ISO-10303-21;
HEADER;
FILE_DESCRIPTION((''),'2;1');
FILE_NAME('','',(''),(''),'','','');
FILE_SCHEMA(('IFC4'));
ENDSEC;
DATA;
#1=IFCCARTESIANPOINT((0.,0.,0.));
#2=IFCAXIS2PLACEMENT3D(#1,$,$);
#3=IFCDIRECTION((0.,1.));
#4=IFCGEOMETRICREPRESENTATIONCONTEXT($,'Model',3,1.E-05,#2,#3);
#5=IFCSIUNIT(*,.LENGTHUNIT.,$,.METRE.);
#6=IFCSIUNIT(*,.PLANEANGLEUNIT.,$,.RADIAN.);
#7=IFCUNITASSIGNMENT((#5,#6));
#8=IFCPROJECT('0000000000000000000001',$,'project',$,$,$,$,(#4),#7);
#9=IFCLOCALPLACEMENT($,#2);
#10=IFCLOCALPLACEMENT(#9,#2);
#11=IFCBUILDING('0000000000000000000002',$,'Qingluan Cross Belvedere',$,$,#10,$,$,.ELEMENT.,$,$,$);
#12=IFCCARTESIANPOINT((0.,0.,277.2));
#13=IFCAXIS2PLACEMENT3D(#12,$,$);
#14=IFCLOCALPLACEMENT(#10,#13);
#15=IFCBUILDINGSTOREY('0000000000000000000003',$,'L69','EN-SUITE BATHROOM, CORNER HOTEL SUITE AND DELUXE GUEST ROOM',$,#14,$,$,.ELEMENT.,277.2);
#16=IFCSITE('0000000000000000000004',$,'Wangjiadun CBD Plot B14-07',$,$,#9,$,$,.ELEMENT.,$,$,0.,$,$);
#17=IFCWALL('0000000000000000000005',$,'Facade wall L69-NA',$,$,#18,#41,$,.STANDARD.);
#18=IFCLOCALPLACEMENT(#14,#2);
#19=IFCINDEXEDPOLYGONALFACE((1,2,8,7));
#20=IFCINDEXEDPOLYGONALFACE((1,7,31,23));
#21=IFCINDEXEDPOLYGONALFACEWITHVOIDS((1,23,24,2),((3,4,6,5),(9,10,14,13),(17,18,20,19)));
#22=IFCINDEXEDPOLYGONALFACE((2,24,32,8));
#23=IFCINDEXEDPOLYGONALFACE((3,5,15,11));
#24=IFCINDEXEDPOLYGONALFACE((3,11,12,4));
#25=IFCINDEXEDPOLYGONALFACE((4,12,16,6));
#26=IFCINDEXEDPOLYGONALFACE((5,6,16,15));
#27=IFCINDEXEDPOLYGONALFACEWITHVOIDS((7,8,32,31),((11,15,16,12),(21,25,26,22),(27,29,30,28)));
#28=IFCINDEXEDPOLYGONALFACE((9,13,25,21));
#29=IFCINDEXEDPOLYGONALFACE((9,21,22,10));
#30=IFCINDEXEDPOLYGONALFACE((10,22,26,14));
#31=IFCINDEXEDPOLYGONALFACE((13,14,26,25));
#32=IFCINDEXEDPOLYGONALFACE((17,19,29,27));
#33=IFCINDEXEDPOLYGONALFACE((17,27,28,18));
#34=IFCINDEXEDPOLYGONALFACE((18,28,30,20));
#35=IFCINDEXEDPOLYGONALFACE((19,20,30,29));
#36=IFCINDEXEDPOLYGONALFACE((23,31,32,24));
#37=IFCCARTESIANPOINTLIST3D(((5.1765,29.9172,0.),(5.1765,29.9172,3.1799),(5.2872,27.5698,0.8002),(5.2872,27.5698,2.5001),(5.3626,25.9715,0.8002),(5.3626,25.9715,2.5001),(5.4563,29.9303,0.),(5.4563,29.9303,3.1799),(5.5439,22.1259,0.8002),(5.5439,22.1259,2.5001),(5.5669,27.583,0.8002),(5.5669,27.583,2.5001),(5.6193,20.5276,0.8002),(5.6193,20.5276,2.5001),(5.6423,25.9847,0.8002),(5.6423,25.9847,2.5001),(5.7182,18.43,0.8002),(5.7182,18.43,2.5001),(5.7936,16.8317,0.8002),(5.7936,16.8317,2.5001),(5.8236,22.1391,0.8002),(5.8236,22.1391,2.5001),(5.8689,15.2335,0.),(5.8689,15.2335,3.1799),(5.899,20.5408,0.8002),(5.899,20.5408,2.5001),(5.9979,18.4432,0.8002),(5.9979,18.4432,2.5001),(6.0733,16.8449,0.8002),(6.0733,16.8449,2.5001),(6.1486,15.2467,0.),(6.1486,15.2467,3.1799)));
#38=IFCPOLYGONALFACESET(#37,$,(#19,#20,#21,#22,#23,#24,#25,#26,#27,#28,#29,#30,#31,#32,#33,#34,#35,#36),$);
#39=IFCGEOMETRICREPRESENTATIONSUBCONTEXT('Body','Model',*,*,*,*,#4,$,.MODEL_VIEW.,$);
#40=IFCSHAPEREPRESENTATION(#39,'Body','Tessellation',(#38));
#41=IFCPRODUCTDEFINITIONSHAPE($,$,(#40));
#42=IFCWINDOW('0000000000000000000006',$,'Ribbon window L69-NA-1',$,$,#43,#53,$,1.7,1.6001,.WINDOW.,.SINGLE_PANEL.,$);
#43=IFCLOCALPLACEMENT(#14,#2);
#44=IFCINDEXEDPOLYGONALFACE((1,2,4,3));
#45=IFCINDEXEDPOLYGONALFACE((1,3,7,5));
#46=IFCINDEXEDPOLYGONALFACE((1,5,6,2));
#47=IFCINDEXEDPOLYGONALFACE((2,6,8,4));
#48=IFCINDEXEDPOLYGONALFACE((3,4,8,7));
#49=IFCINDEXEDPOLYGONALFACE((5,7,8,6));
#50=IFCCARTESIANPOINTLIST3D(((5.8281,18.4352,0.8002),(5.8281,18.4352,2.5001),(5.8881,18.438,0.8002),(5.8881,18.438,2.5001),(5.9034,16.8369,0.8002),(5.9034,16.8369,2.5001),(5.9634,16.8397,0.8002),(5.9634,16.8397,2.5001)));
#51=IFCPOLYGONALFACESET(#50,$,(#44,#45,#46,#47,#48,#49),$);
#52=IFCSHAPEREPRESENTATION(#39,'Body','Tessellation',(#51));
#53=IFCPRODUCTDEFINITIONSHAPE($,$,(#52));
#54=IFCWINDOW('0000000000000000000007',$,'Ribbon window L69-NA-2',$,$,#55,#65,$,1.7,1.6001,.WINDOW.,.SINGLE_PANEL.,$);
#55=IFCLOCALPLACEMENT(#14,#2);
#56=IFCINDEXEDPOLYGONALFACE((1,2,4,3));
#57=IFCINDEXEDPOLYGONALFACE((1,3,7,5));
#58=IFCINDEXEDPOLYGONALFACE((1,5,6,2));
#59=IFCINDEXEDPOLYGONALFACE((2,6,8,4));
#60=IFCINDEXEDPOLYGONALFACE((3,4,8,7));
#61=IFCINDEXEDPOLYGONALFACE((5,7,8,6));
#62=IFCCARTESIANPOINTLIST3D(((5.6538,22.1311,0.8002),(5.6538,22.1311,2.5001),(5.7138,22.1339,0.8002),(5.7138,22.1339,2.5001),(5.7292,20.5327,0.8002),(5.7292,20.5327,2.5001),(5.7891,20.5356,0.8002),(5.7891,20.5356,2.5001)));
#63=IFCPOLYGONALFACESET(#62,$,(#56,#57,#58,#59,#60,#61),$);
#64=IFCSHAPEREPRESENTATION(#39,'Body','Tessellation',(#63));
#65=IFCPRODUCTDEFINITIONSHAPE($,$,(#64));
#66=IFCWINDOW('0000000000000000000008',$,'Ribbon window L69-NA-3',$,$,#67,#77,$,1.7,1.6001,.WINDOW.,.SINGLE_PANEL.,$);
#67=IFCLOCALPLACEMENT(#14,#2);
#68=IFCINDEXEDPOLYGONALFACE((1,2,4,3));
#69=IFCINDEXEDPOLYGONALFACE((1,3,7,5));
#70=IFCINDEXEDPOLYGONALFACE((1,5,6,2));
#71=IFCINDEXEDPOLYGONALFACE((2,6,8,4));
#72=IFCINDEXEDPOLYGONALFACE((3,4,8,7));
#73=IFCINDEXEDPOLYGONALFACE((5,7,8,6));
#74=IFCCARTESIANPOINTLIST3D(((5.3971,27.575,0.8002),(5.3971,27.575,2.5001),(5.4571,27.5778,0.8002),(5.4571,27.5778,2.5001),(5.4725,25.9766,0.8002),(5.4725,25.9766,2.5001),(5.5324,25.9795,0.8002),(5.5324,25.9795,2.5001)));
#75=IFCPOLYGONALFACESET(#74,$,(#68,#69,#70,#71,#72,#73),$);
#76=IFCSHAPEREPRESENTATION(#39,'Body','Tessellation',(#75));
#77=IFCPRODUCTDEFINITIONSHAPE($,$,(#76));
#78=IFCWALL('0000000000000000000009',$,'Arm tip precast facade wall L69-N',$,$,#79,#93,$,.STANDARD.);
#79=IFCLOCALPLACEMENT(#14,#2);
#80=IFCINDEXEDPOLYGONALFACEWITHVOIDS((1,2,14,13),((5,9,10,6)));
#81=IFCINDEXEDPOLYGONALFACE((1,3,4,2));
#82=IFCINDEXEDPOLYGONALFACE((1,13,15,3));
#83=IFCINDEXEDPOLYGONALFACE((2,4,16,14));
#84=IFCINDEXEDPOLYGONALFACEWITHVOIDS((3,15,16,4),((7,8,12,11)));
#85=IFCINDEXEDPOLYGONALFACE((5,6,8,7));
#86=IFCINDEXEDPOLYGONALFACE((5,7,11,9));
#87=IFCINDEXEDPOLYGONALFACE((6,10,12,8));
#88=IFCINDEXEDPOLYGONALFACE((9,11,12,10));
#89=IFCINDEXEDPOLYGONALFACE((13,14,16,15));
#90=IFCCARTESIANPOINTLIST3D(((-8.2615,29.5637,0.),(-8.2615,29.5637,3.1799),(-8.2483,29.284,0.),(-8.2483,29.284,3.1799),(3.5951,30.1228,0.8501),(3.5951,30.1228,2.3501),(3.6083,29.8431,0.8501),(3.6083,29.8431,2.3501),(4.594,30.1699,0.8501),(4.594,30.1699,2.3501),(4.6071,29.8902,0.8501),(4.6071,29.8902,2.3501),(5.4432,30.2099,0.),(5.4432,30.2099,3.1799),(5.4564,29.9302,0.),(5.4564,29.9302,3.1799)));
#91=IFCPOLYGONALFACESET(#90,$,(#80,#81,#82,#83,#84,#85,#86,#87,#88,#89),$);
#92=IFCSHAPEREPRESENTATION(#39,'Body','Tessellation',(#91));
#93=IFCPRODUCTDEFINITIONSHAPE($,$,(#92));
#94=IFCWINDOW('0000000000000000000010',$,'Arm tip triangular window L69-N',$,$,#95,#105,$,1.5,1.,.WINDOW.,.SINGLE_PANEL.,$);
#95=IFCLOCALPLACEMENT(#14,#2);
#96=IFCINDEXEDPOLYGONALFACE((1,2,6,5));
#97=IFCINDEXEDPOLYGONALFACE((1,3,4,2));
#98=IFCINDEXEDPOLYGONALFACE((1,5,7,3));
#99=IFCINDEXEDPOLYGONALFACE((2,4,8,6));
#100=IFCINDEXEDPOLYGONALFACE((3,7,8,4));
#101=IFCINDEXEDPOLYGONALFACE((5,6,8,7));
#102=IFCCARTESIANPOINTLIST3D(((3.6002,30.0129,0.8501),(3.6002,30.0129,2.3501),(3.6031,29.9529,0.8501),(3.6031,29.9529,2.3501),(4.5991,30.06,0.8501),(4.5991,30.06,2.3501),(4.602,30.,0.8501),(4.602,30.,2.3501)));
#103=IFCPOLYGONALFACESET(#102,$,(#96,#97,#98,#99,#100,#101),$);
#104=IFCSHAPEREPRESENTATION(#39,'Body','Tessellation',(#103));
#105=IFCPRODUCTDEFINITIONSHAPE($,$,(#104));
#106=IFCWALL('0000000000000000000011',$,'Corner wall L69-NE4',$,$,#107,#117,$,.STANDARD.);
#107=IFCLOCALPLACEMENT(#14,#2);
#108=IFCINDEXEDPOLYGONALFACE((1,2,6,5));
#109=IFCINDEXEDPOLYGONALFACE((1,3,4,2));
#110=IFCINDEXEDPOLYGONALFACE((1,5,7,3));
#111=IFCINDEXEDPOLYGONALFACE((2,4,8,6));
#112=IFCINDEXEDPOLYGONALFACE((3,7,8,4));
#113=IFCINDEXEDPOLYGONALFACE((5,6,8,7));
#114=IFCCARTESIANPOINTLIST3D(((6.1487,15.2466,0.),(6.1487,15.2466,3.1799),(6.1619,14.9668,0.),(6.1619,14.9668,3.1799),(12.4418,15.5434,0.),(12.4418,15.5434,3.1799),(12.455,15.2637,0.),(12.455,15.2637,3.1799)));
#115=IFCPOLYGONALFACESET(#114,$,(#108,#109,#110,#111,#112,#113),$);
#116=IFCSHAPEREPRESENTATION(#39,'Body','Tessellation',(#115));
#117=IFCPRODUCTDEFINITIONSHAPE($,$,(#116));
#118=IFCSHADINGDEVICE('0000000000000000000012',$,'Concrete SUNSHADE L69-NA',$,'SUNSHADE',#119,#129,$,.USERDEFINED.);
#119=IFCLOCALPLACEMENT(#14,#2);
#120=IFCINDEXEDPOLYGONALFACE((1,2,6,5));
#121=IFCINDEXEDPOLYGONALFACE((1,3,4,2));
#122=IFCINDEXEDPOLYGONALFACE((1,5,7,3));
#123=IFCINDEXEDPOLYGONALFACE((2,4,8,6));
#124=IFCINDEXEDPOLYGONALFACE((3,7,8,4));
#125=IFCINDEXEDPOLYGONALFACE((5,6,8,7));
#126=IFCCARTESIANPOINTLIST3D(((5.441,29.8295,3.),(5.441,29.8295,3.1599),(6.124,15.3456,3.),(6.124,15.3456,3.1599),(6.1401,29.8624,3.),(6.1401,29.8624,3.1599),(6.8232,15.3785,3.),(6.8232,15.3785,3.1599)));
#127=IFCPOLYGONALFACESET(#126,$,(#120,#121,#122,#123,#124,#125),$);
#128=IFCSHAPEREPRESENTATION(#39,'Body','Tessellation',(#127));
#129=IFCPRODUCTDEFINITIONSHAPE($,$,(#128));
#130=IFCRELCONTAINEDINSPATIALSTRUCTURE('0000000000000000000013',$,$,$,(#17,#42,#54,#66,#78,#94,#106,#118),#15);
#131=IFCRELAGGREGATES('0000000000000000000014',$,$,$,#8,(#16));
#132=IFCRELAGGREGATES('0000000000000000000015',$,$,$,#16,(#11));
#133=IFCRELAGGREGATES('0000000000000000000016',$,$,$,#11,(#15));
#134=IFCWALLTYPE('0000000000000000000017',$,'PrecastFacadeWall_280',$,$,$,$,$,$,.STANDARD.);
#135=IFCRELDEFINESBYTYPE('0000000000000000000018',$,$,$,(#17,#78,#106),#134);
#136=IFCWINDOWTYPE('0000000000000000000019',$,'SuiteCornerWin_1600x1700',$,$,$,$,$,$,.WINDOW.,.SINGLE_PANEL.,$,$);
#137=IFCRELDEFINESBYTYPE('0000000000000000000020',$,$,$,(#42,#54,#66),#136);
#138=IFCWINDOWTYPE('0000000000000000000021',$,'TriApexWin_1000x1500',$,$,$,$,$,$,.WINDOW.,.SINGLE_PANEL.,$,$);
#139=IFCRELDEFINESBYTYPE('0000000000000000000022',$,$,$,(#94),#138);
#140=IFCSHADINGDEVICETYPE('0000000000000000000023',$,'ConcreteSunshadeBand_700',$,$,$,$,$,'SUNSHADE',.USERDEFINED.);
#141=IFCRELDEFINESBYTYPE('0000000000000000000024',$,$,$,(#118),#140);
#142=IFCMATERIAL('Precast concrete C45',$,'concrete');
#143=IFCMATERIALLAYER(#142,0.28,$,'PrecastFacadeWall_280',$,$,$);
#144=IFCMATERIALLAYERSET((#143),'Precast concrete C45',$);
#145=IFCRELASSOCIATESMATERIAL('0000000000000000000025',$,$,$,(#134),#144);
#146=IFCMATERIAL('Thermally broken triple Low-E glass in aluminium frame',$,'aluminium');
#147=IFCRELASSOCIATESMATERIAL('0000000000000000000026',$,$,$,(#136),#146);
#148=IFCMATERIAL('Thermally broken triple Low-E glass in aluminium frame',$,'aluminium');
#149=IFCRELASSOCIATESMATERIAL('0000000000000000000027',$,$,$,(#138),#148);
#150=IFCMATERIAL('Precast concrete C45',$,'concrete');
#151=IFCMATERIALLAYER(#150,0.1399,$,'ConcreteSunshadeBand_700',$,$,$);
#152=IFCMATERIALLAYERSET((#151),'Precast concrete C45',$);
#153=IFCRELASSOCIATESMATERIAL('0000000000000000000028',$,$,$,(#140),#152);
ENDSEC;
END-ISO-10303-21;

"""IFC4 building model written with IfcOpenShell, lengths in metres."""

from ifc_helpers import new_model, si_unit, direction, frame, frame_2d, origin, origin_2d, place, context, subcontext, project, spatial, rectangle, extrude, material, layer, layer_set, type_object, element, fill, save


model = new_model("IFC4")

# Units and contexts
model_context = context("Model", 3, precision=1e-05, world=origin(), true_north=direction((0.0, 1.0)))
body_context = subcontext(model_context, "Body", "Model", "MODEL_VIEW")
ifc_project = project(units=[si_unit("LENGTHUNIT", "METRE"), si_unit("PLANEANGLEUNIT", "RADIAN")], contexts=[model_context])

# Site, building, storey
site_placement = place(None, origin())
site = spatial("IfcSite", under=ifc_project, at=site_placement, Name="Wangjiadun CBD Plot B14-07", CompositionType="ELEMENT", RefElevation=0.0)
building_placement = place(site_placement, origin())
building = spatial("IfcBuilding", under=site, at=building_placement, Name="Qingluan Cross Belvedere", CompositionType="ELEMENT")
storey_placement = place(building_placement, frame((0.0, 0.0, 277.2)))
storey = spatial("IfcBuildingStorey", under=building, at=storey_placement, Name="L69", Description="EN-SUITE BATHROOM, CORNER HOTEL SUITE AND DELUXE GUEST ROOM", CompositionType="ELEMENT", Elevation=277.2)

# Wall, openings, windows
ifc_material_1 = material(Name="Precast concrete C45", Category="concrete")
ifc_layer_1 = layer(ifc_material_1, 0.28, Name="PrecastFacadeWall_280")
ifc_layer_set_1 = layer_set([ifc_layer_1], Name="Precast concrete C45")
wall_type_1 = type_object("IfcWallType", Name="PrecastFacadeWall_280", PredefinedType="STANDARD", material=ifc_layer_set_1)
wall_1_placement = place(storey_placement, frame((6.0088, 15.24, 0.0), z_axis=(0.0, 0.0, 1.0), x_axis=(-0.047101, 0.99889, 0.0)))
wall_1 = element("IfcWall", 1, at=wall_1_placement, inside=storey, type_object=wall_type_1, Name="Facade wall L69-NA", PredefinedType="STANDARD", context=body_context, shape_type="SweptSolid", body=[
    extrude(rectangle(XDim=14.7, YDim=0.28, at=frame_2d((7.3501, 0.0))), origin(), (0.0, 0.0, 1.0), 3.1799),
])
opening_1_placement = place(wall_1_placement, frame((1.6001, 0.0, 0.8)))
opening_1 = element("IfcOpeningElement", 2, at=opening_1_placement, cuts=wall_1, PredefinedType="OPENING", context=body_context, shape_type="SweptSolid", body=[
    extrude(rectangle(XDim=1.6001, YDim=1.7, at=frame_2d((0.8, 0.8501))), frame((0.0, 0.1499, 0.0), z_axis=(0.0, -1.0, 0.0), x_axis=(1.0, 0.0, 0.0)), (0.0, 0.0, 1.0), 0.3),
])
opening_2_placement = place(wall_1_placement, frame((5.3, 0.0, 0.8)))
opening_2 = element("IfcOpeningElement", 3, at=opening_2_placement, cuts=wall_1, PredefinedType="OPENING", context=body_context, shape_type="SweptSolid", body=[
    extrude(rectangle(XDim=1.6001, YDim=1.7, at=frame_2d((0.8, 0.8501))), frame((0.0, 0.1499, 0.0), z_axis=(0.0, -1.0, 0.0), x_axis=(1.0, 0.0, 0.0)), (0.0, 0.0, 1.0), 0.3),
])
opening_3_placement = place(wall_1_placement, frame((10.75, 0.0, 0.8)))
opening_3 = element("IfcOpeningElement", 4, at=opening_3_placement, cuts=wall_1, PredefinedType="OPENING", context=body_context, shape_type="SweptSolid", body=[
    extrude(rectangle(XDim=1.6001, YDim=1.7, at=frame_2d((0.8, 0.8501))), frame((0.0, 0.1499, 0.0), z_axis=(0.0, -1.0, 0.0), x_axis=(1.0, 0.0, 0.0)), (0.0, 0.0, 1.0), 0.3),
])
ifc_material_2 = material(Name="Thermally broken triple Low-E glass in aluminium frame", Category="aluminium")
window_type_1 = type_object("IfcWindowType", Name="SuiteCornerWin_1600x1700", PartitioningType="SINGLE_PANEL", PredefinedType="WINDOW", material=ifc_material_2)
window_1_placement = place(opening_1_placement, origin())
window_1 = element("IfcWindow", 5, at=window_1_placement, inside=storey, type_object=window_type_1, Name="Ribbon window L69-NA-1", OverallHeight=1.7, OverallWidth=1.6001, PartitioningType="SINGLE_PANEL", PredefinedType="WINDOW", context=body_context, shape_type="SweptSolid", body=[
    extrude(rectangle(XDim=1.6001, YDim=1.7, at=frame_2d((0.8, 0.8501))), frame((0.0, 0.03, 0.0), z_axis=(0.0, -1.0, 0.0), x_axis=(1.0, 0.0, 0.0)), (0.0, 0.0, 1.0), 0.0601),
])
fill(opening_1, window_1)
window_2_placement = place(opening_2_placement, origin())
window_2 = element("IfcWindow", 6, at=window_2_placement, inside=storey, type_object=window_type_1, Name="Ribbon window L69-NA-2", OverallHeight=1.7, OverallWidth=1.6001, PartitioningType="SINGLE_PANEL", PredefinedType="WINDOW", context=body_context, shape_type="SweptSolid", body=[
    extrude(rectangle(XDim=1.6001, YDim=1.7, at=frame_2d((0.8, 0.8501))), frame((0.0, 0.03, 0.0), z_axis=(0.0, -1.0, 0.0), x_axis=(1.0, 0.0, 0.0)), (0.0, 0.0, 1.0), 0.0601),
])
fill(opening_2, window_2)
window_3_placement = place(opening_3_placement, origin())
window_3 = element("IfcWindow", 7, at=window_3_placement, inside=storey, type_object=window_type_1, Name="Ribbon window L69-NA-3", OverallHeight=1.7, OverallWidth=1.6001, PartitioningType="SINGLE_PANEL", PredefinedType="WINDOW", context=body_context, shape_type="SweptSolid", body=[
    extrude(rectangle(XDim=1.6001, YDim=1.7, at=frame_2d((0.8, 0.8501))), frame((0.0, 0.03, 0.0), z_axis=(0.0, -1.0, 0.0), x_axis=(1.0, 0.0, 0.0)), (0.0, 0.0, 1.0), 0.0601),
])
fill(opening_3, window_3)

# Wall, opening, window
wall_2_placement = place(storey_placement, frame((5.4497, 30.0701, 0.0), z_axis=(0.0, 0.0, 1.0), x_axis=(-0.99889, -0.047102, 0.0)))
wall_2 = element("IfcWall", 8, at=wall_2_placement, inside=storey, type_object=wall_type_1, Name="Arm tip precast facade wall L69-N", PredefinedType="STANDARD", context=body_context, shape_type="SweptSolid", body=[
    extrude(rectangle(XDim=13.72, YDim=0.28, at=frame_2d((6.8599, 0.0))), origin(), (0.0, 0.0, 1.0), 3.1799),
])
opening_4_placement = place(wall_2_placement, frame((0.8501, 0.0, 0.8501)))
opening_4 = element("IfcOpeningElement", 9, at=opening_4_placement, cuts=wall_2, PredefinedType="OPENING", context=body_context, shape_type="SweptSolid", body=[
    extrude(rectangle(XDim=1.0, YDim=1.5, at=frame_2d((0.5, 0.75))), frame((0.0, 0.1499, 0.0), z_axis=(0.0, -1.0, 0.0), x_axis=(1.0, 0.0, 0.0)), (0.0, 0.0, 1.0), 0.3),
])
ifc_material_3 = material(Name="Thermally broken triple Low-E glass in aluminium frame", Category="aluminium")
window_type_2 = type_object("IfcWindowType", Name="TriApexWin_1000x1500", PartitioningType="SINGLE_PANEL", PredefinedType="WINDOW", material=ifc_material_3)
window_4_placement = place(opening_4_placement, origin())
window_4 = element("IfcWindow", 10, at=window_4_placement, inside=storey, type_object=window_type_2, Name="Arm tip triangular window L69-N", OverallHeight=1.5, OverallWidth=1.0, PartitioningType="SINGLE_PANEL", PredefinedType="WINDOW", context=body_context, shape_type="SweptSolid", body=[
    extrude(rectangle(XDim=1.0, YDim=1.5, at=frame_2d((0.5, 0.75))), frame((0.0, 0.03, 0.0), z_axis=(0.0, -1.0, 0.0), x_axis=(1.0, 0.0, 0.0)), (0.0, 0.0, 1.0), 0.0601),
])
fill(opening_4, window_4)

# Wall
wall_3_placement = place(storey_placement, frame((12.4482, 15.4036, 0.0), z_axis=(0.0, 0.0, 1.0), x_axis=(-0.998889, -0.047123, 0.0)))
element("IfcWall", 11, at=wall_3_placement, inside=storey, type_object=wall_type_1, Name="Corner wall L69-NE4", PredefinedType="STANDARD", context=body_context, shape_type="SweptSolid", body=[
    extrude(rectangle(XDim=6.3, YDim=0.28, at=frame_2d((3.1499, 0.0))), origin(), (0.0, 0.0, 1.0), 3.1799),
])

# Shading device
ifc_material_4 = material(Name="Precast concrete C45", Category="concrete")
ifc_layer_2 = layer(ifc_material_4, 0.1399, Name="ConcreteSunshadeBand_700")
ifc_layer_set_2 = layer_set([ifc_layer_2], Name="Precast concrete C45")
shading_device_type = type_object("IfcShadingDeviceType", Name="ConcreteSunshadeBand_700", ElementType="SUNSHADE", PredefinedType="USERDEFINED", material=ifc_layer_set_2)
shading_device_placement = place(storey_placement, frame((6.1321, 22.604, 3.0), z_axis=(0.0, 0.0, 1.0), x_axis=(-0.047109, 0.99889, 0.0)))
element("IfcShadingDevice", 12, at=shading_device_placement, inside=storey, type_object=shading_device_type, Name="Concrete SUNSHADE L69-NA", ObjectType="SUNSHADE", PredefinedType="USERDEFINED", context=body_context, shape_type="SweptSolid", body=[
    extrude(rectangle(XDim=14.5, YDim=0.7, at=origin_2d()), origin(), (0.0, 0.0, 1.0), 0.1599),
])

save(model, "model.ifc")
